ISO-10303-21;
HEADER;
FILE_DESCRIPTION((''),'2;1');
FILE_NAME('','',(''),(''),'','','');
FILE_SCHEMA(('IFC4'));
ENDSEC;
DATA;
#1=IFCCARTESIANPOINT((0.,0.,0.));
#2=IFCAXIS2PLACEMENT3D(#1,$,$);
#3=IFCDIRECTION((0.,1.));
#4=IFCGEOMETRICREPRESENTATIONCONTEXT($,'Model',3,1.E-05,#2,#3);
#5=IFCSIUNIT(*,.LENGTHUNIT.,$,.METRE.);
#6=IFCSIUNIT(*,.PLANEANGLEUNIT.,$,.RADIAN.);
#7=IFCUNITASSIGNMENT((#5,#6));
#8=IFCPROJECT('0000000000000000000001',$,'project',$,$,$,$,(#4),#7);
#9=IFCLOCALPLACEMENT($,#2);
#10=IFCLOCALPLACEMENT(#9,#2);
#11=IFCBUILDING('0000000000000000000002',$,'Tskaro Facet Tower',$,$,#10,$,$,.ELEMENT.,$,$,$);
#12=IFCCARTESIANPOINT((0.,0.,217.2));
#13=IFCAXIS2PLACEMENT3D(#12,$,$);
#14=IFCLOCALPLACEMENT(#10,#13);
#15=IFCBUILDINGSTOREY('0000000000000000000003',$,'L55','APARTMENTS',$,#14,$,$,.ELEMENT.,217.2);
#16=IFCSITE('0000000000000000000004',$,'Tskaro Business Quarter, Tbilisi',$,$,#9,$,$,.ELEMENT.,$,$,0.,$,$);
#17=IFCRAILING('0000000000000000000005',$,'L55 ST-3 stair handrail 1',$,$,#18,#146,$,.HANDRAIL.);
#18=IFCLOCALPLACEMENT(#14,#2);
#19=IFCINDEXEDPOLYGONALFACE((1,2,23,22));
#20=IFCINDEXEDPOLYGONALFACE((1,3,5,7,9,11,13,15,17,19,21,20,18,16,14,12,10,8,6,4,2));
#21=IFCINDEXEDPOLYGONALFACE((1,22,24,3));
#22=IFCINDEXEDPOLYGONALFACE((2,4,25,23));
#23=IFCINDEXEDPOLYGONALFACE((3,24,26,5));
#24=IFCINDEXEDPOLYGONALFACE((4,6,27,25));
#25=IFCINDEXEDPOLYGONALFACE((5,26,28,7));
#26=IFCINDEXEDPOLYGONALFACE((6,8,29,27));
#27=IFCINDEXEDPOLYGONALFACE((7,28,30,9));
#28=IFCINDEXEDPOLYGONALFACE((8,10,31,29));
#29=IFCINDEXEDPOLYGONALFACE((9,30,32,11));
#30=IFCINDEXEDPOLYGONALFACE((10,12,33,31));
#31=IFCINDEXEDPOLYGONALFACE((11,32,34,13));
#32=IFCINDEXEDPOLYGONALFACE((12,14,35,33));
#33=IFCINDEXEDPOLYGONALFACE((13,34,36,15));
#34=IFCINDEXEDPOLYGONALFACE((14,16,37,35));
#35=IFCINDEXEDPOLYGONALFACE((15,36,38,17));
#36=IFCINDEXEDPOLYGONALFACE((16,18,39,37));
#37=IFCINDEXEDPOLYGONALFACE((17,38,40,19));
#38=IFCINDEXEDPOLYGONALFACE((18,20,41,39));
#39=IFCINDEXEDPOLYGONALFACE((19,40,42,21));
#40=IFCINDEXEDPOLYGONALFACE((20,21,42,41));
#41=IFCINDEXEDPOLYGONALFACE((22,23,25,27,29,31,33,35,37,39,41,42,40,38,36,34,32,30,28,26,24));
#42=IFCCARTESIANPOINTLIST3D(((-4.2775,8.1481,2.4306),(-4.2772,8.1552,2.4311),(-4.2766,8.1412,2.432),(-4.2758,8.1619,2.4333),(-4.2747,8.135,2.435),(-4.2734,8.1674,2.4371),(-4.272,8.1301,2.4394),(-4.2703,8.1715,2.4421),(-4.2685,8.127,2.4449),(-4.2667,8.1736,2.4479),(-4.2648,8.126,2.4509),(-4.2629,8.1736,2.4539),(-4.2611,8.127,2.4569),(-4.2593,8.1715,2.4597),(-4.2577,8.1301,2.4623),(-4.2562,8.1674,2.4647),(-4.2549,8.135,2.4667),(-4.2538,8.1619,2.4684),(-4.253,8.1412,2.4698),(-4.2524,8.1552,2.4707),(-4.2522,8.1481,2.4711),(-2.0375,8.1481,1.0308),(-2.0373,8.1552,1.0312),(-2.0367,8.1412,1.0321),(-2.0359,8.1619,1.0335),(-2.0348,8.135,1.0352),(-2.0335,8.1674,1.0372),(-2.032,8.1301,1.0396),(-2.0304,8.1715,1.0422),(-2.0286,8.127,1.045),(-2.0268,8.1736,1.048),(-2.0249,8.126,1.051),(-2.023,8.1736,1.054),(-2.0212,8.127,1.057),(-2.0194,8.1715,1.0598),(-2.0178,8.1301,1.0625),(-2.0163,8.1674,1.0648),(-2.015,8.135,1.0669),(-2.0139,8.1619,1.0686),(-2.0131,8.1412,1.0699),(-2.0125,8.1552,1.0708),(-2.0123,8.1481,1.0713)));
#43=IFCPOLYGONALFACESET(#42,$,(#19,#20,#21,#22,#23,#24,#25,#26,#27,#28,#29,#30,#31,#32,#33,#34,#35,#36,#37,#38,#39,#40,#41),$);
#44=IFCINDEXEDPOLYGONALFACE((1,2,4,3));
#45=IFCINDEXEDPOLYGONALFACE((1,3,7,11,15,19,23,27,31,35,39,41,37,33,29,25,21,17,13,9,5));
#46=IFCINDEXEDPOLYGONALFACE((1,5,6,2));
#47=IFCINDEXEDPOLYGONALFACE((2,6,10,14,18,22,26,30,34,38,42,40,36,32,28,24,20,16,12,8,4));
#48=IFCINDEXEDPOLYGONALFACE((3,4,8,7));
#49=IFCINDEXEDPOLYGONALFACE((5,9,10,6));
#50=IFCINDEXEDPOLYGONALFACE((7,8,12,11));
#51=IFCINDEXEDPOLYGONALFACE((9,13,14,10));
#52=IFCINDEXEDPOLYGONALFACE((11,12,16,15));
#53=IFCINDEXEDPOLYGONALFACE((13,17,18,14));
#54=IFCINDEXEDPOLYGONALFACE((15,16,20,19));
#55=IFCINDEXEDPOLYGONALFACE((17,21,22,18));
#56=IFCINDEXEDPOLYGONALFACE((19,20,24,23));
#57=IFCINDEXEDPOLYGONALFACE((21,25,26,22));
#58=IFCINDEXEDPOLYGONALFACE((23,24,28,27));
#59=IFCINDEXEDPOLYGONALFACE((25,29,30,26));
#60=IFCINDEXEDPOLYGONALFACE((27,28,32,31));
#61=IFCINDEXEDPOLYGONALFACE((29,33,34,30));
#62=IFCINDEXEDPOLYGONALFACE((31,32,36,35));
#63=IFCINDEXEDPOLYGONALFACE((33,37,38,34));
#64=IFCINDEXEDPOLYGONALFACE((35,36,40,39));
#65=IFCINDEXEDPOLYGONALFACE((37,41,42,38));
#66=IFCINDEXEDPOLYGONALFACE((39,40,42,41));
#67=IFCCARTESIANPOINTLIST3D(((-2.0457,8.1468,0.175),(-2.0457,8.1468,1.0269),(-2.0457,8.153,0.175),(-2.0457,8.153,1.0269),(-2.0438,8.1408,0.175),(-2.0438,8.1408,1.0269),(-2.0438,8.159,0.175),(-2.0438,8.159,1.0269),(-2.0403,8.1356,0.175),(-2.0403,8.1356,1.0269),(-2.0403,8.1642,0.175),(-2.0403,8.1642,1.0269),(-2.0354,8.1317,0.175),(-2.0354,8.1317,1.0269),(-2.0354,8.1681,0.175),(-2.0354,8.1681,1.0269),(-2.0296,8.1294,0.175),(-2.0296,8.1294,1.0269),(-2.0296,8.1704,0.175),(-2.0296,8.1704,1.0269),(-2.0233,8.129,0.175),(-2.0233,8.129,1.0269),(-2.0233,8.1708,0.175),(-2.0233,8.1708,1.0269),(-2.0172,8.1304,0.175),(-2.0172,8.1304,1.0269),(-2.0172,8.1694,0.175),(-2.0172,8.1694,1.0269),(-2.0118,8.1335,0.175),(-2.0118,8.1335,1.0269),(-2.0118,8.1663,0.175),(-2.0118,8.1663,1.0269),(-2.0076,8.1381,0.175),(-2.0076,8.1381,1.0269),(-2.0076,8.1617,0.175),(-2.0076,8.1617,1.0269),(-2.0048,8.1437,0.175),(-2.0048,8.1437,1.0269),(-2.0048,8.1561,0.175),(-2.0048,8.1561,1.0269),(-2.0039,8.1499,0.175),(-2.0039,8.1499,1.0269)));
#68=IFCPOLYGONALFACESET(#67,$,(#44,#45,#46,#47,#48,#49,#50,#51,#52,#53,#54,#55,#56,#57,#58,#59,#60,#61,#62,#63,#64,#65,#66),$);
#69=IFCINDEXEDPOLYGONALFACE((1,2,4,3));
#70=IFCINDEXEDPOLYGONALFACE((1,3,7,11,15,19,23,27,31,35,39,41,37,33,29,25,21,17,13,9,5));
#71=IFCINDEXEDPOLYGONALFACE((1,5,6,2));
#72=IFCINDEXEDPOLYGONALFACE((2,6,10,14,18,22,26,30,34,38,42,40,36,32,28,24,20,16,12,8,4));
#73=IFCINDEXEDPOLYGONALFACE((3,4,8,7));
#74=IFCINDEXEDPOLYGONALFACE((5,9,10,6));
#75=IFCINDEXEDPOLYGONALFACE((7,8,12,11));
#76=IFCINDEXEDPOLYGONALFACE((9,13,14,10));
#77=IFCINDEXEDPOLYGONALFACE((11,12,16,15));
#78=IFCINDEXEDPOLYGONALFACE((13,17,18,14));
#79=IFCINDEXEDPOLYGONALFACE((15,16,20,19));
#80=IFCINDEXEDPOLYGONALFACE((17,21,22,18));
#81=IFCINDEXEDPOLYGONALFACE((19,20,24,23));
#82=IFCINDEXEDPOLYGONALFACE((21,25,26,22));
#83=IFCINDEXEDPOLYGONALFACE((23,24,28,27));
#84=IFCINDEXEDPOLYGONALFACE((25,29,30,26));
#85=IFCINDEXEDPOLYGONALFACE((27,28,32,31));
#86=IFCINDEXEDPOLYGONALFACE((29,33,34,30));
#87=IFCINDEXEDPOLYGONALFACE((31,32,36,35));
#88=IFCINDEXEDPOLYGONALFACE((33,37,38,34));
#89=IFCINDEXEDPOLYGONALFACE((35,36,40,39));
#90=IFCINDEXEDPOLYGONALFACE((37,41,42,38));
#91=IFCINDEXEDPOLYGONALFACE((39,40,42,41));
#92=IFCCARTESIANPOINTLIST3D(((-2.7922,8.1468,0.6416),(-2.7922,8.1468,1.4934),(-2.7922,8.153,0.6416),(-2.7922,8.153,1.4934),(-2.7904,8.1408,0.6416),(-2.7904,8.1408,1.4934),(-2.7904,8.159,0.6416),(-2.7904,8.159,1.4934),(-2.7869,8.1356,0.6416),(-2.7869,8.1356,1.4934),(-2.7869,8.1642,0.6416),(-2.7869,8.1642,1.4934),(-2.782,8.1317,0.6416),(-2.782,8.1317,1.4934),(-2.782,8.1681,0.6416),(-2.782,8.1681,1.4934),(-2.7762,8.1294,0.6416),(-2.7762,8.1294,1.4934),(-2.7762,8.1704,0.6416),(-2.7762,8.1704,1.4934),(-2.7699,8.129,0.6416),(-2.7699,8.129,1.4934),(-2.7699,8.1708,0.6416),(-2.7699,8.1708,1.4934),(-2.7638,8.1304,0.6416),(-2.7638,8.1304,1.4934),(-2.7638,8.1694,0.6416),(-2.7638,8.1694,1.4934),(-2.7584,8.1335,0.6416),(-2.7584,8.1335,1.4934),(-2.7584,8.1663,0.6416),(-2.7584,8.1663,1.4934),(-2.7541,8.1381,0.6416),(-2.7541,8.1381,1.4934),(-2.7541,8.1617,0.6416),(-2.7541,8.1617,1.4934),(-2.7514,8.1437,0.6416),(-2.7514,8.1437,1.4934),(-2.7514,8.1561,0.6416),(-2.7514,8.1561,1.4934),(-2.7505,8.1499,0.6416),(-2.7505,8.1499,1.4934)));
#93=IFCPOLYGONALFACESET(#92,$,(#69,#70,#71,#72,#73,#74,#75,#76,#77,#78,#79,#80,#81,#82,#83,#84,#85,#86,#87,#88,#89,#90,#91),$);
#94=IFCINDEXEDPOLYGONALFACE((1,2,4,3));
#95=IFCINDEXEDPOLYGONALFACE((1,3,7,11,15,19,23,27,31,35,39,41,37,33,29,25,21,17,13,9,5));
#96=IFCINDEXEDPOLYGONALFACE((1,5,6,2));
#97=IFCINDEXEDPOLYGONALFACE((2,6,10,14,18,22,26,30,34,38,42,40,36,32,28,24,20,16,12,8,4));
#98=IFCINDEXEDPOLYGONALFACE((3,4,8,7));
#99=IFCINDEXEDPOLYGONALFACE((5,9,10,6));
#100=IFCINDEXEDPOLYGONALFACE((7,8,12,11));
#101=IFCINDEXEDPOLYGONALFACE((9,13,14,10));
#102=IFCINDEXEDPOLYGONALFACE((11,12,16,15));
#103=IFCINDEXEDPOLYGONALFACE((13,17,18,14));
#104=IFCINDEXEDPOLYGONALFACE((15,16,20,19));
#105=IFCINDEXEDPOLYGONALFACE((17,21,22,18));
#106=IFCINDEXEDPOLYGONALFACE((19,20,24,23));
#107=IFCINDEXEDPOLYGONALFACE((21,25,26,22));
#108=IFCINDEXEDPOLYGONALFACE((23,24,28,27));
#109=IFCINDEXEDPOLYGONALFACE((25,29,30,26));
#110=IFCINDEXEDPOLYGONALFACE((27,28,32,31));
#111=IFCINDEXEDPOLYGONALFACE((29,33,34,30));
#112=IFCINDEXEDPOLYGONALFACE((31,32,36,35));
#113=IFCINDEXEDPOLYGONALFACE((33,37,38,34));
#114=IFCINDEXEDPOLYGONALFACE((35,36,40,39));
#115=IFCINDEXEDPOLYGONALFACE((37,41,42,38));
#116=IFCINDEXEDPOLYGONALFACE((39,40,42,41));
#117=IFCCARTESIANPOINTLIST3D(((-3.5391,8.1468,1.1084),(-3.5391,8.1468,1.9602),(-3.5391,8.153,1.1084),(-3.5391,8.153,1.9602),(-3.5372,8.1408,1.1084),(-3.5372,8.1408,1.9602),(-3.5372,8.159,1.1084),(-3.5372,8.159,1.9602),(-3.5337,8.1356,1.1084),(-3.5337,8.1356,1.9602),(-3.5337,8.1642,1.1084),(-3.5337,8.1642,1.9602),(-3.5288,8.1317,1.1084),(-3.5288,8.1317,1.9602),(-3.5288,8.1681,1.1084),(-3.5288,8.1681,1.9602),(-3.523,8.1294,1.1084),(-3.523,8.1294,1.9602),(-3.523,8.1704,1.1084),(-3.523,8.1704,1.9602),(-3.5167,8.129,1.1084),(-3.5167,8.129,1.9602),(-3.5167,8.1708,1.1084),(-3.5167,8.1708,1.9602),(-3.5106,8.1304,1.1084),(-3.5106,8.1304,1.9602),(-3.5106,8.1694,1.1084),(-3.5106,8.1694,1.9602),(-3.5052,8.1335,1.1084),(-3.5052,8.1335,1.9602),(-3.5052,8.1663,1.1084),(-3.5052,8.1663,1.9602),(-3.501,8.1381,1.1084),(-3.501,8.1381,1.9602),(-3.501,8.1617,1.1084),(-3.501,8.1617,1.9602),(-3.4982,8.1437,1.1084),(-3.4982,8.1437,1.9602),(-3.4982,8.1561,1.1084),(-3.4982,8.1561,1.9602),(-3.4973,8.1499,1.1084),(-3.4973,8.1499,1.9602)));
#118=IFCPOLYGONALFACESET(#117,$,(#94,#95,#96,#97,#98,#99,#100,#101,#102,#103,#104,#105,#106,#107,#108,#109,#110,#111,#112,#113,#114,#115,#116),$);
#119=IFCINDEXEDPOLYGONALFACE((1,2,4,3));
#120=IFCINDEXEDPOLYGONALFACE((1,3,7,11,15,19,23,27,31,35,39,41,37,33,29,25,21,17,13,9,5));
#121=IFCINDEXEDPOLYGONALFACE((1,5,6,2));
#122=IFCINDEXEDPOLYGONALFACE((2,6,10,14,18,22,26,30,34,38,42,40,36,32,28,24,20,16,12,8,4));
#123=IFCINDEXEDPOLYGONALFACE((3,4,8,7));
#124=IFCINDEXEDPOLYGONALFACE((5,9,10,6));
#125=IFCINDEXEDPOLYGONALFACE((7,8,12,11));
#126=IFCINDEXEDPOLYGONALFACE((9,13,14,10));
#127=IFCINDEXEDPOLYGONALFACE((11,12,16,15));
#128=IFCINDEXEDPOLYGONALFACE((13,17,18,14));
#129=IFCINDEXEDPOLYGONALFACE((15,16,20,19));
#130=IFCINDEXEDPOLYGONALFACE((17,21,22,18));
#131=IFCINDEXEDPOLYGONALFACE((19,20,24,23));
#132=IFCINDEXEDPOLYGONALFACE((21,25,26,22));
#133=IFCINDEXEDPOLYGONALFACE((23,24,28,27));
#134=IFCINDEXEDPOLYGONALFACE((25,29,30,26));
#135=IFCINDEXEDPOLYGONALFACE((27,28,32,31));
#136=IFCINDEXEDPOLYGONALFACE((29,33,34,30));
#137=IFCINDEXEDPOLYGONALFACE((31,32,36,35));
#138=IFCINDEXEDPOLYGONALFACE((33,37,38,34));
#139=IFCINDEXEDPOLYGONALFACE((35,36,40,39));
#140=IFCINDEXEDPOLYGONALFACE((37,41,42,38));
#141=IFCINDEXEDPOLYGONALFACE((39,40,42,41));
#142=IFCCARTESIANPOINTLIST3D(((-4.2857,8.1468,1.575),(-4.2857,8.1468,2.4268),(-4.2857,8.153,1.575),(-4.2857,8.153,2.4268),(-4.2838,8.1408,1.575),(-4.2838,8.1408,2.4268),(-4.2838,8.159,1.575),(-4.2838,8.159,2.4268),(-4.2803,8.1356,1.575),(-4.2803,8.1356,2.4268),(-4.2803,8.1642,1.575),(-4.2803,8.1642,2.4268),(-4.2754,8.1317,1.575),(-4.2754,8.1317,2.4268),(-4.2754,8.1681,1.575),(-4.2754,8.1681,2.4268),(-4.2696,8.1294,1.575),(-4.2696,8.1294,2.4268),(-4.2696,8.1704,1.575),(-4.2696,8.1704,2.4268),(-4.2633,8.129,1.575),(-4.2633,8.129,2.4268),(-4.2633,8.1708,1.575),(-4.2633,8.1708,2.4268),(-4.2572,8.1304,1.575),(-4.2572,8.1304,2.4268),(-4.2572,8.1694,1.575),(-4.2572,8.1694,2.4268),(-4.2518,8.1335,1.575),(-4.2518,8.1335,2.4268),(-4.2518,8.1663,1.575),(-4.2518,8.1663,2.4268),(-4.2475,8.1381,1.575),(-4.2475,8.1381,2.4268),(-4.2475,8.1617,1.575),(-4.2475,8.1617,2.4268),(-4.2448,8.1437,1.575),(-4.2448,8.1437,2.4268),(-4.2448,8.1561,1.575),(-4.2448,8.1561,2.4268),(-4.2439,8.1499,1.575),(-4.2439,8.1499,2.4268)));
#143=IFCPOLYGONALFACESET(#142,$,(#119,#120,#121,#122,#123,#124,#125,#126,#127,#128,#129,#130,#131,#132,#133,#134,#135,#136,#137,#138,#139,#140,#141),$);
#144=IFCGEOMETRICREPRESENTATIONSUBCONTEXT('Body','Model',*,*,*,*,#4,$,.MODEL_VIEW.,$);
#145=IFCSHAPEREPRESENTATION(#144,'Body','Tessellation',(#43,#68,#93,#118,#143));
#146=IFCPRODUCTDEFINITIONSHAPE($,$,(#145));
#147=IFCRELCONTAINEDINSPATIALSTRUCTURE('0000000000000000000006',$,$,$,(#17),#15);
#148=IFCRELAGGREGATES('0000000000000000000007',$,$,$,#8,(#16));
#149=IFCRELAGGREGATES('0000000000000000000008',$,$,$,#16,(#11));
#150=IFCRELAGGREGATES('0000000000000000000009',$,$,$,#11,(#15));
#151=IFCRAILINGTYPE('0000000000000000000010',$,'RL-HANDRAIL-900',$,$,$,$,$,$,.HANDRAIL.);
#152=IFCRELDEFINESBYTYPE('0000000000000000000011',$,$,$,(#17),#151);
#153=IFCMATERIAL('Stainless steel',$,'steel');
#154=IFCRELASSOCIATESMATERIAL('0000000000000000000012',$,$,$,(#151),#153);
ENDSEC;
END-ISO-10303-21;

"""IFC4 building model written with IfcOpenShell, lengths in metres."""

from ifc_helpers import new_model, si_unit, direction, frame, origin, origin_2d, place, context, subcontext, project, spatial, circle, extrude, material, type_object, element, save


model = new_model("IFC4")

# Units and contexts
model_context = context("Model", 3, precision=1e-05, world=origin(), true_north=direction((0.0, 1.0)))
body_context = subcontext(model_context, "Body", "Model", "MODEL_VIEW")
ifc_project = project(units=[si_unit("LENGTHUNIT", "METRE"), si_unit("PLANEANGLEUNIT", "RADIAN")], contexts=[model_context])

# Site, building, storey
site_placement = place(None, origin())
site = spatial("IfcSite", under=ifc_project, at=site_placement, Name="Tskaro Business Quarter, Tbilisi", CompositionType="ELEMENT", RefElevation=0.0)
building_placement = place(site_placement, origin())
building = spatial("IfcBuilding", under=site, at=building_placement, Name="Tskaro Facet Tower", CompositionType="ELEMENT")
storey_placement = place(building_placement, frame((0.0, 0.0, 217.2)))
storey = spatial("IfcBuildingStorey", under=building, at=storey_placement, Name="L55", Description="APARTMENTS", CompositionType="ELEMENT", Elevation=217.2)

# Railing
ifc_material_1 = material(Name="Stainless steel", Category="steel")
railing_type_1 = type_object("IfcRailingType", Name="RL-HANDRAIL-900", PredefinedType="HANDRAIL", material=ifc_material_1)
railing_1_placement = place(storey_placement, frame((-2.0249, 8.1499, 0.175)))
element("IfcRailing", 1, at=railing_1_placement, inside=storey, type_object=railing_type_1, Name="L55 ST-3 stair handrail 1", PredefinedType="HANDRAIL", context=body_context, shape_type="SweptSolid", body=[
    extrude(circle(Radius=0.0239, at=origin_2d()), frame((0.0, 0.0, 0.876), z_axis=(-0.848014, 0.0, 0.529974), x_axis=(0.0, -1.0, 0.0)), (0.0, 0.0, 1.0), 2.6414),
    extrude(circle(Radius=0.021, at=origin_2d()), origin(), (0.0, 0.0, 1.0), 0.8518),
    extrude(circle(Radius=0.021, at=origin_2d()), frame((-0.7466, 0.0, 0.4666)), (0.0, 0.0, 1.0), 0.8518),
    extrude(circle(Radius=0.021, at=origin_2d()), frame((-1.4934, 0.0, 0.9333)), (0.0, 0.0, 1.0), 0.8518),
    extrude(circle(Radius=0.021, at=origin_2d()), frame((-2.24, 0.0, 1.3999)), (0.0, 0.0, 1.0), 0.8518),
])

save(model, "model.ifc")
